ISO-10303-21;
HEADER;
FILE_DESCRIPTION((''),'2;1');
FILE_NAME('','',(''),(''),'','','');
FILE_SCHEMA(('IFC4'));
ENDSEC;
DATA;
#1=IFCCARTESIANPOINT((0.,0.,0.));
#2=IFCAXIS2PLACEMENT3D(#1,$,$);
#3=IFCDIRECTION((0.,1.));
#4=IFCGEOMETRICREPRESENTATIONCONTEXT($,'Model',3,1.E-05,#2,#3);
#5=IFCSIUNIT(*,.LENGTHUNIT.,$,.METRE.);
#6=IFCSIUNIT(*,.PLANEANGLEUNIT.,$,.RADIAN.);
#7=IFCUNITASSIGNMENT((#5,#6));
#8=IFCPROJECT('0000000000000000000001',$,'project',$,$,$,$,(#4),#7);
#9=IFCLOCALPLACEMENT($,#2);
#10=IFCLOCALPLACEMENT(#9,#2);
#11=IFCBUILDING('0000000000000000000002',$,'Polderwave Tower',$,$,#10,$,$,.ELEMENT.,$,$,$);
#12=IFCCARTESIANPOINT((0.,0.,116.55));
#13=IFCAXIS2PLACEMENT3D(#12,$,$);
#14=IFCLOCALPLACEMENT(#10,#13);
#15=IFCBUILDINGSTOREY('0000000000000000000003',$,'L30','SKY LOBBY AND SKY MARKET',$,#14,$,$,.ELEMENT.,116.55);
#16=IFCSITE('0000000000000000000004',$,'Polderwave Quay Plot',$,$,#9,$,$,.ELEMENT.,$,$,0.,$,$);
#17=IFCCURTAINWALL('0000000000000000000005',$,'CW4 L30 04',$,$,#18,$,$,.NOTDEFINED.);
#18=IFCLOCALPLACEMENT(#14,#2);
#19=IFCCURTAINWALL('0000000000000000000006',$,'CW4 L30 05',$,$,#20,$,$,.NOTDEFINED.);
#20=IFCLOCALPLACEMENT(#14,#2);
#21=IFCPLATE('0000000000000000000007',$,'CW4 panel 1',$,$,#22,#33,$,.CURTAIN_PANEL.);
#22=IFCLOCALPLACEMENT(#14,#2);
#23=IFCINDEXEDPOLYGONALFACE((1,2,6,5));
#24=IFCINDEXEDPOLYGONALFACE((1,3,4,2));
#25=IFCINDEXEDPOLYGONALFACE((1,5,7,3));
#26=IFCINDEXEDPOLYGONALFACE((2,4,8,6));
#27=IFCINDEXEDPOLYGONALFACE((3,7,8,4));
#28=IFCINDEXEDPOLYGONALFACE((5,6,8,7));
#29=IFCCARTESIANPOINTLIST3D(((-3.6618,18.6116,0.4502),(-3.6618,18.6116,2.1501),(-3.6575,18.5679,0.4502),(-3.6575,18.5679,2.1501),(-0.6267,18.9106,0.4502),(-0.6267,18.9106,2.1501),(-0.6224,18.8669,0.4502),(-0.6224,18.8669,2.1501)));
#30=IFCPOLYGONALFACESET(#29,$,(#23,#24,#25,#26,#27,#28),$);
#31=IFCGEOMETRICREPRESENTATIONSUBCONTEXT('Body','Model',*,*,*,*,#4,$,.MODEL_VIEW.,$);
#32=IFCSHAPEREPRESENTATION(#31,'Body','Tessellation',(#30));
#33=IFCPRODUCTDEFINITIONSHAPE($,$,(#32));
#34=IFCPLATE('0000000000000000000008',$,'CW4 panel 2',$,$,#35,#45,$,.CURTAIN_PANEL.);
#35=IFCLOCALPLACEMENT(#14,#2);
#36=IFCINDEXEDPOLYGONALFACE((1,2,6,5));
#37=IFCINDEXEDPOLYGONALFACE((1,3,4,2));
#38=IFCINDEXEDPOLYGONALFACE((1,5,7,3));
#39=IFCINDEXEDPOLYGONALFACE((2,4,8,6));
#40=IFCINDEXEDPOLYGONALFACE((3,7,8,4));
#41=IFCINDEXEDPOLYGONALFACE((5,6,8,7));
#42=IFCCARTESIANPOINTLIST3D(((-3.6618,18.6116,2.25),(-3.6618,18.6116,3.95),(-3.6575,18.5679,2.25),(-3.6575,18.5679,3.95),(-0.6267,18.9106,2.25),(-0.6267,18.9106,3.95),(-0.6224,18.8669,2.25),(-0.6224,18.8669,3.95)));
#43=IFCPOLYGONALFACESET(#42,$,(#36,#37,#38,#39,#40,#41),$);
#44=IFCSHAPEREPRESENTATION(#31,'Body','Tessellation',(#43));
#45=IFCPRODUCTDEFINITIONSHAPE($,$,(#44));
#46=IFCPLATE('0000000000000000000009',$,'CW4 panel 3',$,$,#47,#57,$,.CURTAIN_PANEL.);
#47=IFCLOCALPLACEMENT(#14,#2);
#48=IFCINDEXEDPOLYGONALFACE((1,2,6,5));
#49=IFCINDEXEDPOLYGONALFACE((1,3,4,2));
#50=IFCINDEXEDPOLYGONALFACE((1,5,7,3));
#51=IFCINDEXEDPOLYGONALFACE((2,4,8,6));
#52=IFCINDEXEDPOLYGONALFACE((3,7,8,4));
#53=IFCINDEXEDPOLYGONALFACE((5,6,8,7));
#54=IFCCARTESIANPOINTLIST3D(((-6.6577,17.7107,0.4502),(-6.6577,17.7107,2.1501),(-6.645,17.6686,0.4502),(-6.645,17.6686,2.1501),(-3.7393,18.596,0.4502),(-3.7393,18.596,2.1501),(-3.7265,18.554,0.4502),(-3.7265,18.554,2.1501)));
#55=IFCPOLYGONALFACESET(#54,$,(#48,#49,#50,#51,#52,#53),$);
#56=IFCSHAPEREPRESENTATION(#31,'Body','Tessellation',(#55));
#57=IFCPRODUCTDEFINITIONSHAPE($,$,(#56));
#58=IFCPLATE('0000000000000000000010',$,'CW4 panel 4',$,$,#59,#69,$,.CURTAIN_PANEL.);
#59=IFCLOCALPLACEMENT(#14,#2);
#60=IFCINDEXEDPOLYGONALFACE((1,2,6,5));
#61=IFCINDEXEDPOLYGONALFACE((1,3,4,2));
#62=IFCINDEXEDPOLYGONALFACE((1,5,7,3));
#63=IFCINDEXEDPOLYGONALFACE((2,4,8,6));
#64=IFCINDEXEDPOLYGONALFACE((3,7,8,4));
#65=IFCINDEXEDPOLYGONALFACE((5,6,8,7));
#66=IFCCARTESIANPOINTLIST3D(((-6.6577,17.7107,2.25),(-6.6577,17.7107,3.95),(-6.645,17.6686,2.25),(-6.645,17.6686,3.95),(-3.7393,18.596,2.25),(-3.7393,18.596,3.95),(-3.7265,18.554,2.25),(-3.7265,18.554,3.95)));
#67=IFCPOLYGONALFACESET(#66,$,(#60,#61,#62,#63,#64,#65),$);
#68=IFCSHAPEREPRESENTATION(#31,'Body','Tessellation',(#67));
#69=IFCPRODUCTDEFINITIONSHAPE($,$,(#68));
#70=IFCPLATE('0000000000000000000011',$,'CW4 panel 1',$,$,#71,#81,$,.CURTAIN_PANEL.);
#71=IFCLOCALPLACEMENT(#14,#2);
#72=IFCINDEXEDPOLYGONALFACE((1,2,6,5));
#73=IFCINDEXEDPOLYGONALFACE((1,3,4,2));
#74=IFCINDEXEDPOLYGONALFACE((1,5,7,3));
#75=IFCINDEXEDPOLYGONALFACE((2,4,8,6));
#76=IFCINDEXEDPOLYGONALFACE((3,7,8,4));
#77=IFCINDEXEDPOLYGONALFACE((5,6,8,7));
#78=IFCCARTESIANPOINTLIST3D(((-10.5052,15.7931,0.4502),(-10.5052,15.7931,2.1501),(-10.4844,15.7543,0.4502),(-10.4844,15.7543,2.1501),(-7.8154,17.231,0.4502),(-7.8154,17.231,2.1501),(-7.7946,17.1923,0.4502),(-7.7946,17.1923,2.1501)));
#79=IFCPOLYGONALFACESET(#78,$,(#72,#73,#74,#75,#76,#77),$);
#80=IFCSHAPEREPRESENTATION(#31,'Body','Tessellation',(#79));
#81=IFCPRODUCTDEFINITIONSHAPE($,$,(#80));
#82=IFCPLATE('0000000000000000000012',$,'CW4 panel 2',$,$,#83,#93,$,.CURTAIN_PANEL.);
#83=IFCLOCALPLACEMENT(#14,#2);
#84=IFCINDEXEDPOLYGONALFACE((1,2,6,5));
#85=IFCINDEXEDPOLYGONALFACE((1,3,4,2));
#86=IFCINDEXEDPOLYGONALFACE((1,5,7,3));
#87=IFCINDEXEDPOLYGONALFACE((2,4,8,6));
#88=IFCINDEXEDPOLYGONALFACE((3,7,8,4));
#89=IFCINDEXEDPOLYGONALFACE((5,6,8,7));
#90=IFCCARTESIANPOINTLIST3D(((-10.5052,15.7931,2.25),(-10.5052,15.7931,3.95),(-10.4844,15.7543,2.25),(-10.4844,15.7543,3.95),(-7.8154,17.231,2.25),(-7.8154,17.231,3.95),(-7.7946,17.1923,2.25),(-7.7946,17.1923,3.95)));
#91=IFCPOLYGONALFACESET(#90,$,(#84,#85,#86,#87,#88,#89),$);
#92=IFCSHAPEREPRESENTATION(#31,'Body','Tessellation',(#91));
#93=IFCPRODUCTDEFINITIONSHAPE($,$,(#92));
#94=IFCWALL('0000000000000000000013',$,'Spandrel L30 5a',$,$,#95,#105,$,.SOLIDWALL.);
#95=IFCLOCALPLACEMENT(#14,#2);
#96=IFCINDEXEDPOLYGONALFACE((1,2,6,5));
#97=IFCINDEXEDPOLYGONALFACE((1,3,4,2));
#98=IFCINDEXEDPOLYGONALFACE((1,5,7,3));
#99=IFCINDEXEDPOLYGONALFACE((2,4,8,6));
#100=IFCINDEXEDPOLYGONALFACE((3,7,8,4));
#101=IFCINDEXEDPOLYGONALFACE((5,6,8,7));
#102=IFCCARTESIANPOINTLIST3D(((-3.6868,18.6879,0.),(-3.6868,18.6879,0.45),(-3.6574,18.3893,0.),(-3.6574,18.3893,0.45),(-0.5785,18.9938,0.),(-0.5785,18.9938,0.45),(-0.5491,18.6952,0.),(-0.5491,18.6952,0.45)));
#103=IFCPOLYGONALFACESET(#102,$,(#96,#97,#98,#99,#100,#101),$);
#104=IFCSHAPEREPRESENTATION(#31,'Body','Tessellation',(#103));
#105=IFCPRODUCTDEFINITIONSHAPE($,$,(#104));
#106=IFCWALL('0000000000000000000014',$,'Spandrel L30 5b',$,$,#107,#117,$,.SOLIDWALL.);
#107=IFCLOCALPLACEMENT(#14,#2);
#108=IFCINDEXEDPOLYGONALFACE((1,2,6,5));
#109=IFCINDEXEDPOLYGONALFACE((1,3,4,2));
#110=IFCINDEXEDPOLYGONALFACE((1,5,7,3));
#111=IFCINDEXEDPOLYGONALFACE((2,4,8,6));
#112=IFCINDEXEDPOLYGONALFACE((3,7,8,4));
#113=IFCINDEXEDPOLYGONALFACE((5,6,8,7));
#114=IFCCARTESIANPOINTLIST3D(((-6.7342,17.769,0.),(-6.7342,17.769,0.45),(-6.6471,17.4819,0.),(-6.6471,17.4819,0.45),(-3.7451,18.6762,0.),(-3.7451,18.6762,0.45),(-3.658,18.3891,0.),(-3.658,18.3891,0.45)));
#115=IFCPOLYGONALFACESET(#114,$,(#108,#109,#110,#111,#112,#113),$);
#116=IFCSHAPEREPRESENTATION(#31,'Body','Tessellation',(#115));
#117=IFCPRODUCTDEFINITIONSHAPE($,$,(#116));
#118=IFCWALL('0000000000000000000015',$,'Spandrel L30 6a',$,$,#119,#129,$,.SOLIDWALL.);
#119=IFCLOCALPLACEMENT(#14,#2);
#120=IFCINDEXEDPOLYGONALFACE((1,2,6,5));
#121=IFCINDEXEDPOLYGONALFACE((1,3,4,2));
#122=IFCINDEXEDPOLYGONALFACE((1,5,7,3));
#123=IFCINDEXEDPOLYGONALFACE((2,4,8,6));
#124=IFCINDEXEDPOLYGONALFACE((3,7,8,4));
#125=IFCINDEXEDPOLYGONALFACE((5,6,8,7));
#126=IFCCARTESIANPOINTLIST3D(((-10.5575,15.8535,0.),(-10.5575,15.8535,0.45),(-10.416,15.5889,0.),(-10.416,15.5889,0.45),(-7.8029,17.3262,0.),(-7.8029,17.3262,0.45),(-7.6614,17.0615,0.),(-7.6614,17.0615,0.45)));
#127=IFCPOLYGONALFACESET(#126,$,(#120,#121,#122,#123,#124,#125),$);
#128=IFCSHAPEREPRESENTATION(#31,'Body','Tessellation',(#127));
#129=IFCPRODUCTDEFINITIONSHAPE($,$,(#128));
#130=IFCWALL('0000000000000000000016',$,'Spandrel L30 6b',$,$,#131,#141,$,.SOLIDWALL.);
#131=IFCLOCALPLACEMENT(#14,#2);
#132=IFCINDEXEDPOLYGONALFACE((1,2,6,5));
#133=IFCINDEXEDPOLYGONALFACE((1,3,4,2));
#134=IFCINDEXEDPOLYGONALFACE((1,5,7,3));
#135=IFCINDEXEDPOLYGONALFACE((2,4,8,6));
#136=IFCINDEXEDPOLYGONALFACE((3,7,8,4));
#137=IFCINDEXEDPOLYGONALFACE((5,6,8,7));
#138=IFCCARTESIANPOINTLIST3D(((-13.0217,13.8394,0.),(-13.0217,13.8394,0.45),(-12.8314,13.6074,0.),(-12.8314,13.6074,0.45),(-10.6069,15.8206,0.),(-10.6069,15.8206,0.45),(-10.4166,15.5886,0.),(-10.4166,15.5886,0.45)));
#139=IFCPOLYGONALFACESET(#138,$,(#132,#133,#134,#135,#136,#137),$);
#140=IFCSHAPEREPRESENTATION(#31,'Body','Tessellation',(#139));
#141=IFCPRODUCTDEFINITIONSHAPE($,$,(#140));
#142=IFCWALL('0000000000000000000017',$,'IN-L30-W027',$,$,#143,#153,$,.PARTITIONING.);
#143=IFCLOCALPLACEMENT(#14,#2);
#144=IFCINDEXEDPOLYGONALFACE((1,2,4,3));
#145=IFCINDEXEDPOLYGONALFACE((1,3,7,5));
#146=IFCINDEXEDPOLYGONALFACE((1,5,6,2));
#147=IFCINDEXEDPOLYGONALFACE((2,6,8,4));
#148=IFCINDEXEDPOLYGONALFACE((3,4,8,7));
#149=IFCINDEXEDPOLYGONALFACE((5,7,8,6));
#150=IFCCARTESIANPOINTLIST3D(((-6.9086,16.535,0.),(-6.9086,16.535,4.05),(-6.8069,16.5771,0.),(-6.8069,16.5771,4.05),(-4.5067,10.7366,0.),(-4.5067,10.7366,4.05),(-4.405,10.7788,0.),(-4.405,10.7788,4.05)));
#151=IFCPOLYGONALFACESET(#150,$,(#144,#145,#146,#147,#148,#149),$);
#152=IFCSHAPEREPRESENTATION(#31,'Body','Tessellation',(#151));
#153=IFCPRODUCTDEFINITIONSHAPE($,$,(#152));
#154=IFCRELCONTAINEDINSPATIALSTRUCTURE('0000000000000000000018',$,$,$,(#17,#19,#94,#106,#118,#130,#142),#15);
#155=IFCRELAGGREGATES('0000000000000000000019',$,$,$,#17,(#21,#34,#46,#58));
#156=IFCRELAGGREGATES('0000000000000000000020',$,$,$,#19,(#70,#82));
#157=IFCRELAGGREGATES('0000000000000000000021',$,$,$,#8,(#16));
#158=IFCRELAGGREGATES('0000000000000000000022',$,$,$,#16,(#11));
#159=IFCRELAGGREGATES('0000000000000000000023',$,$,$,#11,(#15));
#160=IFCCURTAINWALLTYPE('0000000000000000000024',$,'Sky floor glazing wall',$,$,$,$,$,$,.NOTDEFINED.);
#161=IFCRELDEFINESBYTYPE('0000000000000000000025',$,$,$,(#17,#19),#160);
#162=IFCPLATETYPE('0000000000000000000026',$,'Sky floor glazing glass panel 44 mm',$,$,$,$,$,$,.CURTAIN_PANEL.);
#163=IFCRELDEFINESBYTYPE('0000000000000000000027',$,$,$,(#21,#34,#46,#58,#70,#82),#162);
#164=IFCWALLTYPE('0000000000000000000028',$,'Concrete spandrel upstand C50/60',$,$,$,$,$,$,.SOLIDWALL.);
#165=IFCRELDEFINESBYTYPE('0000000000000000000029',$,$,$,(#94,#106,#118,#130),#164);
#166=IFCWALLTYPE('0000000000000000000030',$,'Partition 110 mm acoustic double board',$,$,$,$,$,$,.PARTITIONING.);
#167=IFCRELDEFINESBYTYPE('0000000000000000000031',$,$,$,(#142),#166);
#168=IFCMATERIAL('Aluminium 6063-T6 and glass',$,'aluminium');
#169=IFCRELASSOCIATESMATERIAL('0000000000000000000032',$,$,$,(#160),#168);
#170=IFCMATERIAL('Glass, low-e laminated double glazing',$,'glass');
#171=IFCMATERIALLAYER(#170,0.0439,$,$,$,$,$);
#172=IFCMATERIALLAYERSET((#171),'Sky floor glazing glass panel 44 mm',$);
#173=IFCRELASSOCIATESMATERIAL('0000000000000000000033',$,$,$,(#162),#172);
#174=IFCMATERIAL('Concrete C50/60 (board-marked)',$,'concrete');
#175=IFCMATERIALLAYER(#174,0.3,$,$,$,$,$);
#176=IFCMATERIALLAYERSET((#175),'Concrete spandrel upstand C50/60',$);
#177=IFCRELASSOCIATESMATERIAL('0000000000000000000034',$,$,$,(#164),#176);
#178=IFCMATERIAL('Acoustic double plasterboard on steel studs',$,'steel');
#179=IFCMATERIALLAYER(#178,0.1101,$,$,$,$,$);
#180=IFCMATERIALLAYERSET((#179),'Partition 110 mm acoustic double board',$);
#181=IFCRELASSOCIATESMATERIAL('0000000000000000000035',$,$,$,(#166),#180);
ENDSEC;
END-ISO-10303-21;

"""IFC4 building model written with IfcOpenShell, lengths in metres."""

from ifc_helpers import new_model, si_unit, direction, frame, frame_2d, origin, origin_2d, place, context, subcontext, project, spatial, rectangle, extrude, material, layer, layer_set, type_object, element, aggregate, save


model = new_model("IFC4")

# Units and contexts
model_context = context("Model", 3, precision=1e-05, world=origin(), true_north=direction((0.0, 1.0)))
body_context = subcontext(model_context, "Body", "Model", "MODEL_VIEW")
ifc_project = project(units=[si_unit("LENGTHUNIT", "METRE"), si_unit("PLANEANGLEUNIT", "RADIAN")], contexts=[model_context])

# Site, building, storey
site_placement = place(None, origin())
site = spatial("IfcSite", under=ifc_project, at=site_placement, Name="Polderwave Quay Plot", CompositionType="ELEMENT", RefElevation=0.0)
building_placement = place(site_placement, origin())
building = spatial("IfcBuilding", under=site, at=building_placement, Name="Polderwave Tower", CompositionType="ELEMENT")
storey_placement = place(building_placement, frame((0.0, 0.0, 116.55)))
storey = spatial("IfcBuildingStorey", under=building, at=storey_placement, Name="L30", Description="SKY LOBBY AND SKY MARKET", CompositionType="ELEMENT", Elevation=116.55)

# Curtain wall
ifc_material_1 = material(Name="Aluminium 6063-T6 and glass", Category="aluminium")
curtain_wall_type = type_object("IfcCurtainWallType", Name="Sky floor glazing wall", PredefinedType="NOTDEFINED", material=ifc_material_1)
curtain_wall_1_placement = place(storey_placement, origin())
curtain_wall_1 = element("IfcCurtainWall", 1, at=curtain_wall_1_placement, inside=storey, type_object=curtain_wall_type, Name="CW4 L30 04", PredefinedType="NOTDEFINED")

# Curtain wall
curtain_wall_2_placement = place(storey_placement, origin())
curtain_wall_2 = element("IfcCurtainWall", 2, at=curtain_wall_2_placement, inside=storey, type_object=curtain_wall_type, Name="CW4 L30 05", PredefinedType="NOTDEFINED")

# Plates
ifc_material_2 = material(Name="Glass, low-e laminated double glazing", Category="glass")
ifc_layer_1 = layer(ifc_material_2, 0.0439)
ifc_layer_set_1 = layer_set([ifc_layer_1], Name="Sky floor glazing glass panel 44 mm")
plate_type = type_object("IfcPlateType", Name="Sky floor glazing glass panel 44 mm", PredefinedType="CURTAIN_PANEL", material=ifc_layer_set_1)
plate_1_placement = place(storey_placement, frame((-2.1421, 18.7393, 0.4502), z_axis=(0.0, 0.0, 1.0), x_axis=(-0.995183, -0.098033, 0.0)))
plate_1 = element("IfcPlate", 3, at=plate_1_placement, type_object=plate_type, Name="CW4 panel 1", PredefinedType="CURTAIN_PANEL", context=body_context, shape_type="SweptSolid", body=[
    extrude(rectangle(XDim=3.0498, YDim=0.0439, at=origin_2d()), origin(), (0.0, 0.0, 1.0), 1.7),
])
plate_2_placement = place(storey_placement, frame((-2.1421, 18.7393, 2.25), z_axis=(0.0, 0.0, 1.0), x_axis=(-0.995183, -0.098033, 0.0)))
plate_2 = element("IfcPlate", 4, at=plate_2_placement, type_object=plate_type, Name="CW4 panel 2", PredefinedType="CURTAIN_PANEL", context=body_context, shape_type="SweptSolid", body=[
    extrude(rectangle(XDim=3.0498, YDim=0.0439, at=origin_2d()), origin(), (0.0, 0.0, 1.0), 1.7),
])
plate_3_placement = place(storey_placement, frame((-5.1921, 18.1323, 0.4502), z_axis=(0.0, 0.0, 1.0), x_axis=(-0.956934, -0.290306, 0.0)))
plate_3 = element("IfcPlate", 5, at=plate_3_placement, type_object=plate_type, Name="CW4 panel 3", PredefinedType="CURTAIN_PANEL", context=body_context, shape_type="SweptSolid", body=[
    extrude(rectangle(XDim=3.0498, YDim=0.0439, at=origin_2d()), origin(), (0.0, 0.0, 1.0), 1.7),
])
plate_4_placement = place(storey_placement, frame((-5.1921, 18.1323, 2.25), z_axis=(0.0, 0.0, 1.0), x_axis=(-0.956934, -0.290306, 0.0)))
plate_4 = element("IfcPlate", 6, at=plate_4_placement, type_object=plate_type, Name="CW4 panel 4", PredefinedType="CURTAIN_PANEL", context=body_context, shape_type="SweptSolid", body=[
    extrude(rectangle(XDim=3.0498, YDim=0.0439, at=origin_2d()), origin(), (0.0, 0.0, 1.0), 1.7),
])
aggregate(curtain_wall_1, [plate_1, plate_2, plate_3, plate_4])
plate_5_placement = place(storey_placement, frame((-9.1499, 16.4927, 0.4502), z_axis=(0.0, 0.0, 1.0), x_axis=(-0.881888, -0.471458, 0.0)))
plate_5 = element("IfcPlate", 7, at=plate_5_placement, type_object=plate_type, Name="CW4 panel 1", PredefinedType="CURTAIN_PANEL", context=body_context, shape_type="SweptSolid", body=[
    extrude(rectangle(XDim=3.05, YDim=0.0439, at=origin_2d()), origin(), (0.0, 0.0, 1.0), 1.7),
])
plate_6_placement = place(storey_placement, frame((-9.1499, 16.4927, 2.25), z_axis=(0.0, 0.0, 1.0), x_axis=(-0.881888, -0.471458, 0.0)))
plate_6 = element("IfcPlate", 8, at=plate_6_placement, type_object=plate_type, Name="CW4 panel 2", PredefinedType="CURTAIN_PANEL", context=body_context, shape_type="SweptSolid", body=[
    extrude(rectangle(XDim=3.05, YDim=0.0439, at=origin_2d()), origin(), (0.0, 0.0, 1.0), 1.7),
])
aggregate(curtain_wall_2, [plate_5, plate_6])

# Walls
ifc_material_3 = material(Name="Concrete C50/60 (board-marked)", Category="concrete")
ifc_layer_2 = layer(ifc_material_3, 0.3)
ifc_layer_set_2 = layer_set([ifc_layer_2], Name="Concrete spandrel upstand C50/60")
wall_type_1 = type_object("IfcWallType", Name="Concrete spandrel upstand C50/60", PredefinedType="SOLIDWALL", material=ifc_layer_set_2)
wall_1_placement = place(storey_placement, frame((-0.564, 18.8445, 0.0), z_axis=(0.0, 0.0, 1.0), x_axis=(-0.995192, -0.097948, 0.0)))
element("IfcWall", 9, at=wall_1_placement, inside=storey, type_object=wall_type_1, Name="Spandrel L30 5a", PredefinedType="SOLIDWALL", context=body_context, shape_type="SweptSolid", body=[
    extrude(rectangle(XDim=3.1233, YDim=0.3, at=frame_2d((1.5615, 0.0))), origin(), (0.0, 0.0, 1.0), 0.45),
])
wall_2_placement = place(storey_placement, frame((-3.7014, 18.5327, 0.0), z_axis=(0.0, 0.0, 1.0), x_axis=(-0.956901, -0.290415, 0.0)))
element("IfcWall", 10, at=wall_2_placement, inside=storey, type_object=wall_type_1, Name="Spandrel L30 5b", PredefinedType="SOLIDWALL", context=body_context, shape_type="SweptSolid", body=[
    extrude(rectangle(XDim=3.1238, YDim=0.3, at=frame_2d((1.562, 0.0))), origin(), (0.0, 0.0, 1.0), 0.45),
])
for number, where, z_axis, x_axis, name in (
    (11, (-7.7322, 17.1938, 0.0), (0.0, 0.0, 1.0), (-0.881885, -0.471464, 0.0), "Spandrel L30 6a"),
    (12, (-10.5117, 15.7046, 0.0), (0.0, 0.0, 1.0), (-0.7731, -0.634284, 0.0), "Spandrel L30 6b"),
):
    element("IfcWall", number, at=place(storey_placement, frame(where, z_axis=z_axis, x_axis=x_axis)), inside=storey, type_object=wall_type_1, Name=name, PredefinedType="SOLIDWALL", context=body_context, shape_type="SweptSolid", body=[
        extrude(rectangle(XDim=3.1235, YDim=0.3, at=frame_2d((1.5618, 0.0))), origin(), (0.0, 0.0, 1.0), 0.45),
    ])
ifc_material_4 = material(Name="Acoustic double plasterboard on steel studs", Category="steel")
ifc_layer_3 = layer(ifc_material_4, 0.1101)
ifc_layer_set_3 = layer_set([ifc_layer_3], Name="Partition 110 mm acoustic double board")
wall_type_2 = type_object("IfcWallType", Name="Partition 110 mm acoustic double board", PredefinedType="PARTITIONING", material=ifc_layer_set_3)
wall_3_placement = place(storey_placement, frame((-4.4558, 10.7576, 0.0), z_axis=(0.0, 0.0, 1.0), x_axis=(-0.382698, 0.923874, 0.0)))
element("IfcWall", 13, at=wall_3_placement, inside=storey, type_object=wall_type_2, Name="IN-L30-W027", PredefinedType="PARTITIONING", context=body_context, shape_type="SweptSolid", body=[
    extrude(rectangle(XDim=6.2761, YDim=0.1101, at=frame_2d((3.1382, 0.0))), origin(), (0.0, 0.0, 1.0), 4.05),
])

save(model, "model.ifc")
